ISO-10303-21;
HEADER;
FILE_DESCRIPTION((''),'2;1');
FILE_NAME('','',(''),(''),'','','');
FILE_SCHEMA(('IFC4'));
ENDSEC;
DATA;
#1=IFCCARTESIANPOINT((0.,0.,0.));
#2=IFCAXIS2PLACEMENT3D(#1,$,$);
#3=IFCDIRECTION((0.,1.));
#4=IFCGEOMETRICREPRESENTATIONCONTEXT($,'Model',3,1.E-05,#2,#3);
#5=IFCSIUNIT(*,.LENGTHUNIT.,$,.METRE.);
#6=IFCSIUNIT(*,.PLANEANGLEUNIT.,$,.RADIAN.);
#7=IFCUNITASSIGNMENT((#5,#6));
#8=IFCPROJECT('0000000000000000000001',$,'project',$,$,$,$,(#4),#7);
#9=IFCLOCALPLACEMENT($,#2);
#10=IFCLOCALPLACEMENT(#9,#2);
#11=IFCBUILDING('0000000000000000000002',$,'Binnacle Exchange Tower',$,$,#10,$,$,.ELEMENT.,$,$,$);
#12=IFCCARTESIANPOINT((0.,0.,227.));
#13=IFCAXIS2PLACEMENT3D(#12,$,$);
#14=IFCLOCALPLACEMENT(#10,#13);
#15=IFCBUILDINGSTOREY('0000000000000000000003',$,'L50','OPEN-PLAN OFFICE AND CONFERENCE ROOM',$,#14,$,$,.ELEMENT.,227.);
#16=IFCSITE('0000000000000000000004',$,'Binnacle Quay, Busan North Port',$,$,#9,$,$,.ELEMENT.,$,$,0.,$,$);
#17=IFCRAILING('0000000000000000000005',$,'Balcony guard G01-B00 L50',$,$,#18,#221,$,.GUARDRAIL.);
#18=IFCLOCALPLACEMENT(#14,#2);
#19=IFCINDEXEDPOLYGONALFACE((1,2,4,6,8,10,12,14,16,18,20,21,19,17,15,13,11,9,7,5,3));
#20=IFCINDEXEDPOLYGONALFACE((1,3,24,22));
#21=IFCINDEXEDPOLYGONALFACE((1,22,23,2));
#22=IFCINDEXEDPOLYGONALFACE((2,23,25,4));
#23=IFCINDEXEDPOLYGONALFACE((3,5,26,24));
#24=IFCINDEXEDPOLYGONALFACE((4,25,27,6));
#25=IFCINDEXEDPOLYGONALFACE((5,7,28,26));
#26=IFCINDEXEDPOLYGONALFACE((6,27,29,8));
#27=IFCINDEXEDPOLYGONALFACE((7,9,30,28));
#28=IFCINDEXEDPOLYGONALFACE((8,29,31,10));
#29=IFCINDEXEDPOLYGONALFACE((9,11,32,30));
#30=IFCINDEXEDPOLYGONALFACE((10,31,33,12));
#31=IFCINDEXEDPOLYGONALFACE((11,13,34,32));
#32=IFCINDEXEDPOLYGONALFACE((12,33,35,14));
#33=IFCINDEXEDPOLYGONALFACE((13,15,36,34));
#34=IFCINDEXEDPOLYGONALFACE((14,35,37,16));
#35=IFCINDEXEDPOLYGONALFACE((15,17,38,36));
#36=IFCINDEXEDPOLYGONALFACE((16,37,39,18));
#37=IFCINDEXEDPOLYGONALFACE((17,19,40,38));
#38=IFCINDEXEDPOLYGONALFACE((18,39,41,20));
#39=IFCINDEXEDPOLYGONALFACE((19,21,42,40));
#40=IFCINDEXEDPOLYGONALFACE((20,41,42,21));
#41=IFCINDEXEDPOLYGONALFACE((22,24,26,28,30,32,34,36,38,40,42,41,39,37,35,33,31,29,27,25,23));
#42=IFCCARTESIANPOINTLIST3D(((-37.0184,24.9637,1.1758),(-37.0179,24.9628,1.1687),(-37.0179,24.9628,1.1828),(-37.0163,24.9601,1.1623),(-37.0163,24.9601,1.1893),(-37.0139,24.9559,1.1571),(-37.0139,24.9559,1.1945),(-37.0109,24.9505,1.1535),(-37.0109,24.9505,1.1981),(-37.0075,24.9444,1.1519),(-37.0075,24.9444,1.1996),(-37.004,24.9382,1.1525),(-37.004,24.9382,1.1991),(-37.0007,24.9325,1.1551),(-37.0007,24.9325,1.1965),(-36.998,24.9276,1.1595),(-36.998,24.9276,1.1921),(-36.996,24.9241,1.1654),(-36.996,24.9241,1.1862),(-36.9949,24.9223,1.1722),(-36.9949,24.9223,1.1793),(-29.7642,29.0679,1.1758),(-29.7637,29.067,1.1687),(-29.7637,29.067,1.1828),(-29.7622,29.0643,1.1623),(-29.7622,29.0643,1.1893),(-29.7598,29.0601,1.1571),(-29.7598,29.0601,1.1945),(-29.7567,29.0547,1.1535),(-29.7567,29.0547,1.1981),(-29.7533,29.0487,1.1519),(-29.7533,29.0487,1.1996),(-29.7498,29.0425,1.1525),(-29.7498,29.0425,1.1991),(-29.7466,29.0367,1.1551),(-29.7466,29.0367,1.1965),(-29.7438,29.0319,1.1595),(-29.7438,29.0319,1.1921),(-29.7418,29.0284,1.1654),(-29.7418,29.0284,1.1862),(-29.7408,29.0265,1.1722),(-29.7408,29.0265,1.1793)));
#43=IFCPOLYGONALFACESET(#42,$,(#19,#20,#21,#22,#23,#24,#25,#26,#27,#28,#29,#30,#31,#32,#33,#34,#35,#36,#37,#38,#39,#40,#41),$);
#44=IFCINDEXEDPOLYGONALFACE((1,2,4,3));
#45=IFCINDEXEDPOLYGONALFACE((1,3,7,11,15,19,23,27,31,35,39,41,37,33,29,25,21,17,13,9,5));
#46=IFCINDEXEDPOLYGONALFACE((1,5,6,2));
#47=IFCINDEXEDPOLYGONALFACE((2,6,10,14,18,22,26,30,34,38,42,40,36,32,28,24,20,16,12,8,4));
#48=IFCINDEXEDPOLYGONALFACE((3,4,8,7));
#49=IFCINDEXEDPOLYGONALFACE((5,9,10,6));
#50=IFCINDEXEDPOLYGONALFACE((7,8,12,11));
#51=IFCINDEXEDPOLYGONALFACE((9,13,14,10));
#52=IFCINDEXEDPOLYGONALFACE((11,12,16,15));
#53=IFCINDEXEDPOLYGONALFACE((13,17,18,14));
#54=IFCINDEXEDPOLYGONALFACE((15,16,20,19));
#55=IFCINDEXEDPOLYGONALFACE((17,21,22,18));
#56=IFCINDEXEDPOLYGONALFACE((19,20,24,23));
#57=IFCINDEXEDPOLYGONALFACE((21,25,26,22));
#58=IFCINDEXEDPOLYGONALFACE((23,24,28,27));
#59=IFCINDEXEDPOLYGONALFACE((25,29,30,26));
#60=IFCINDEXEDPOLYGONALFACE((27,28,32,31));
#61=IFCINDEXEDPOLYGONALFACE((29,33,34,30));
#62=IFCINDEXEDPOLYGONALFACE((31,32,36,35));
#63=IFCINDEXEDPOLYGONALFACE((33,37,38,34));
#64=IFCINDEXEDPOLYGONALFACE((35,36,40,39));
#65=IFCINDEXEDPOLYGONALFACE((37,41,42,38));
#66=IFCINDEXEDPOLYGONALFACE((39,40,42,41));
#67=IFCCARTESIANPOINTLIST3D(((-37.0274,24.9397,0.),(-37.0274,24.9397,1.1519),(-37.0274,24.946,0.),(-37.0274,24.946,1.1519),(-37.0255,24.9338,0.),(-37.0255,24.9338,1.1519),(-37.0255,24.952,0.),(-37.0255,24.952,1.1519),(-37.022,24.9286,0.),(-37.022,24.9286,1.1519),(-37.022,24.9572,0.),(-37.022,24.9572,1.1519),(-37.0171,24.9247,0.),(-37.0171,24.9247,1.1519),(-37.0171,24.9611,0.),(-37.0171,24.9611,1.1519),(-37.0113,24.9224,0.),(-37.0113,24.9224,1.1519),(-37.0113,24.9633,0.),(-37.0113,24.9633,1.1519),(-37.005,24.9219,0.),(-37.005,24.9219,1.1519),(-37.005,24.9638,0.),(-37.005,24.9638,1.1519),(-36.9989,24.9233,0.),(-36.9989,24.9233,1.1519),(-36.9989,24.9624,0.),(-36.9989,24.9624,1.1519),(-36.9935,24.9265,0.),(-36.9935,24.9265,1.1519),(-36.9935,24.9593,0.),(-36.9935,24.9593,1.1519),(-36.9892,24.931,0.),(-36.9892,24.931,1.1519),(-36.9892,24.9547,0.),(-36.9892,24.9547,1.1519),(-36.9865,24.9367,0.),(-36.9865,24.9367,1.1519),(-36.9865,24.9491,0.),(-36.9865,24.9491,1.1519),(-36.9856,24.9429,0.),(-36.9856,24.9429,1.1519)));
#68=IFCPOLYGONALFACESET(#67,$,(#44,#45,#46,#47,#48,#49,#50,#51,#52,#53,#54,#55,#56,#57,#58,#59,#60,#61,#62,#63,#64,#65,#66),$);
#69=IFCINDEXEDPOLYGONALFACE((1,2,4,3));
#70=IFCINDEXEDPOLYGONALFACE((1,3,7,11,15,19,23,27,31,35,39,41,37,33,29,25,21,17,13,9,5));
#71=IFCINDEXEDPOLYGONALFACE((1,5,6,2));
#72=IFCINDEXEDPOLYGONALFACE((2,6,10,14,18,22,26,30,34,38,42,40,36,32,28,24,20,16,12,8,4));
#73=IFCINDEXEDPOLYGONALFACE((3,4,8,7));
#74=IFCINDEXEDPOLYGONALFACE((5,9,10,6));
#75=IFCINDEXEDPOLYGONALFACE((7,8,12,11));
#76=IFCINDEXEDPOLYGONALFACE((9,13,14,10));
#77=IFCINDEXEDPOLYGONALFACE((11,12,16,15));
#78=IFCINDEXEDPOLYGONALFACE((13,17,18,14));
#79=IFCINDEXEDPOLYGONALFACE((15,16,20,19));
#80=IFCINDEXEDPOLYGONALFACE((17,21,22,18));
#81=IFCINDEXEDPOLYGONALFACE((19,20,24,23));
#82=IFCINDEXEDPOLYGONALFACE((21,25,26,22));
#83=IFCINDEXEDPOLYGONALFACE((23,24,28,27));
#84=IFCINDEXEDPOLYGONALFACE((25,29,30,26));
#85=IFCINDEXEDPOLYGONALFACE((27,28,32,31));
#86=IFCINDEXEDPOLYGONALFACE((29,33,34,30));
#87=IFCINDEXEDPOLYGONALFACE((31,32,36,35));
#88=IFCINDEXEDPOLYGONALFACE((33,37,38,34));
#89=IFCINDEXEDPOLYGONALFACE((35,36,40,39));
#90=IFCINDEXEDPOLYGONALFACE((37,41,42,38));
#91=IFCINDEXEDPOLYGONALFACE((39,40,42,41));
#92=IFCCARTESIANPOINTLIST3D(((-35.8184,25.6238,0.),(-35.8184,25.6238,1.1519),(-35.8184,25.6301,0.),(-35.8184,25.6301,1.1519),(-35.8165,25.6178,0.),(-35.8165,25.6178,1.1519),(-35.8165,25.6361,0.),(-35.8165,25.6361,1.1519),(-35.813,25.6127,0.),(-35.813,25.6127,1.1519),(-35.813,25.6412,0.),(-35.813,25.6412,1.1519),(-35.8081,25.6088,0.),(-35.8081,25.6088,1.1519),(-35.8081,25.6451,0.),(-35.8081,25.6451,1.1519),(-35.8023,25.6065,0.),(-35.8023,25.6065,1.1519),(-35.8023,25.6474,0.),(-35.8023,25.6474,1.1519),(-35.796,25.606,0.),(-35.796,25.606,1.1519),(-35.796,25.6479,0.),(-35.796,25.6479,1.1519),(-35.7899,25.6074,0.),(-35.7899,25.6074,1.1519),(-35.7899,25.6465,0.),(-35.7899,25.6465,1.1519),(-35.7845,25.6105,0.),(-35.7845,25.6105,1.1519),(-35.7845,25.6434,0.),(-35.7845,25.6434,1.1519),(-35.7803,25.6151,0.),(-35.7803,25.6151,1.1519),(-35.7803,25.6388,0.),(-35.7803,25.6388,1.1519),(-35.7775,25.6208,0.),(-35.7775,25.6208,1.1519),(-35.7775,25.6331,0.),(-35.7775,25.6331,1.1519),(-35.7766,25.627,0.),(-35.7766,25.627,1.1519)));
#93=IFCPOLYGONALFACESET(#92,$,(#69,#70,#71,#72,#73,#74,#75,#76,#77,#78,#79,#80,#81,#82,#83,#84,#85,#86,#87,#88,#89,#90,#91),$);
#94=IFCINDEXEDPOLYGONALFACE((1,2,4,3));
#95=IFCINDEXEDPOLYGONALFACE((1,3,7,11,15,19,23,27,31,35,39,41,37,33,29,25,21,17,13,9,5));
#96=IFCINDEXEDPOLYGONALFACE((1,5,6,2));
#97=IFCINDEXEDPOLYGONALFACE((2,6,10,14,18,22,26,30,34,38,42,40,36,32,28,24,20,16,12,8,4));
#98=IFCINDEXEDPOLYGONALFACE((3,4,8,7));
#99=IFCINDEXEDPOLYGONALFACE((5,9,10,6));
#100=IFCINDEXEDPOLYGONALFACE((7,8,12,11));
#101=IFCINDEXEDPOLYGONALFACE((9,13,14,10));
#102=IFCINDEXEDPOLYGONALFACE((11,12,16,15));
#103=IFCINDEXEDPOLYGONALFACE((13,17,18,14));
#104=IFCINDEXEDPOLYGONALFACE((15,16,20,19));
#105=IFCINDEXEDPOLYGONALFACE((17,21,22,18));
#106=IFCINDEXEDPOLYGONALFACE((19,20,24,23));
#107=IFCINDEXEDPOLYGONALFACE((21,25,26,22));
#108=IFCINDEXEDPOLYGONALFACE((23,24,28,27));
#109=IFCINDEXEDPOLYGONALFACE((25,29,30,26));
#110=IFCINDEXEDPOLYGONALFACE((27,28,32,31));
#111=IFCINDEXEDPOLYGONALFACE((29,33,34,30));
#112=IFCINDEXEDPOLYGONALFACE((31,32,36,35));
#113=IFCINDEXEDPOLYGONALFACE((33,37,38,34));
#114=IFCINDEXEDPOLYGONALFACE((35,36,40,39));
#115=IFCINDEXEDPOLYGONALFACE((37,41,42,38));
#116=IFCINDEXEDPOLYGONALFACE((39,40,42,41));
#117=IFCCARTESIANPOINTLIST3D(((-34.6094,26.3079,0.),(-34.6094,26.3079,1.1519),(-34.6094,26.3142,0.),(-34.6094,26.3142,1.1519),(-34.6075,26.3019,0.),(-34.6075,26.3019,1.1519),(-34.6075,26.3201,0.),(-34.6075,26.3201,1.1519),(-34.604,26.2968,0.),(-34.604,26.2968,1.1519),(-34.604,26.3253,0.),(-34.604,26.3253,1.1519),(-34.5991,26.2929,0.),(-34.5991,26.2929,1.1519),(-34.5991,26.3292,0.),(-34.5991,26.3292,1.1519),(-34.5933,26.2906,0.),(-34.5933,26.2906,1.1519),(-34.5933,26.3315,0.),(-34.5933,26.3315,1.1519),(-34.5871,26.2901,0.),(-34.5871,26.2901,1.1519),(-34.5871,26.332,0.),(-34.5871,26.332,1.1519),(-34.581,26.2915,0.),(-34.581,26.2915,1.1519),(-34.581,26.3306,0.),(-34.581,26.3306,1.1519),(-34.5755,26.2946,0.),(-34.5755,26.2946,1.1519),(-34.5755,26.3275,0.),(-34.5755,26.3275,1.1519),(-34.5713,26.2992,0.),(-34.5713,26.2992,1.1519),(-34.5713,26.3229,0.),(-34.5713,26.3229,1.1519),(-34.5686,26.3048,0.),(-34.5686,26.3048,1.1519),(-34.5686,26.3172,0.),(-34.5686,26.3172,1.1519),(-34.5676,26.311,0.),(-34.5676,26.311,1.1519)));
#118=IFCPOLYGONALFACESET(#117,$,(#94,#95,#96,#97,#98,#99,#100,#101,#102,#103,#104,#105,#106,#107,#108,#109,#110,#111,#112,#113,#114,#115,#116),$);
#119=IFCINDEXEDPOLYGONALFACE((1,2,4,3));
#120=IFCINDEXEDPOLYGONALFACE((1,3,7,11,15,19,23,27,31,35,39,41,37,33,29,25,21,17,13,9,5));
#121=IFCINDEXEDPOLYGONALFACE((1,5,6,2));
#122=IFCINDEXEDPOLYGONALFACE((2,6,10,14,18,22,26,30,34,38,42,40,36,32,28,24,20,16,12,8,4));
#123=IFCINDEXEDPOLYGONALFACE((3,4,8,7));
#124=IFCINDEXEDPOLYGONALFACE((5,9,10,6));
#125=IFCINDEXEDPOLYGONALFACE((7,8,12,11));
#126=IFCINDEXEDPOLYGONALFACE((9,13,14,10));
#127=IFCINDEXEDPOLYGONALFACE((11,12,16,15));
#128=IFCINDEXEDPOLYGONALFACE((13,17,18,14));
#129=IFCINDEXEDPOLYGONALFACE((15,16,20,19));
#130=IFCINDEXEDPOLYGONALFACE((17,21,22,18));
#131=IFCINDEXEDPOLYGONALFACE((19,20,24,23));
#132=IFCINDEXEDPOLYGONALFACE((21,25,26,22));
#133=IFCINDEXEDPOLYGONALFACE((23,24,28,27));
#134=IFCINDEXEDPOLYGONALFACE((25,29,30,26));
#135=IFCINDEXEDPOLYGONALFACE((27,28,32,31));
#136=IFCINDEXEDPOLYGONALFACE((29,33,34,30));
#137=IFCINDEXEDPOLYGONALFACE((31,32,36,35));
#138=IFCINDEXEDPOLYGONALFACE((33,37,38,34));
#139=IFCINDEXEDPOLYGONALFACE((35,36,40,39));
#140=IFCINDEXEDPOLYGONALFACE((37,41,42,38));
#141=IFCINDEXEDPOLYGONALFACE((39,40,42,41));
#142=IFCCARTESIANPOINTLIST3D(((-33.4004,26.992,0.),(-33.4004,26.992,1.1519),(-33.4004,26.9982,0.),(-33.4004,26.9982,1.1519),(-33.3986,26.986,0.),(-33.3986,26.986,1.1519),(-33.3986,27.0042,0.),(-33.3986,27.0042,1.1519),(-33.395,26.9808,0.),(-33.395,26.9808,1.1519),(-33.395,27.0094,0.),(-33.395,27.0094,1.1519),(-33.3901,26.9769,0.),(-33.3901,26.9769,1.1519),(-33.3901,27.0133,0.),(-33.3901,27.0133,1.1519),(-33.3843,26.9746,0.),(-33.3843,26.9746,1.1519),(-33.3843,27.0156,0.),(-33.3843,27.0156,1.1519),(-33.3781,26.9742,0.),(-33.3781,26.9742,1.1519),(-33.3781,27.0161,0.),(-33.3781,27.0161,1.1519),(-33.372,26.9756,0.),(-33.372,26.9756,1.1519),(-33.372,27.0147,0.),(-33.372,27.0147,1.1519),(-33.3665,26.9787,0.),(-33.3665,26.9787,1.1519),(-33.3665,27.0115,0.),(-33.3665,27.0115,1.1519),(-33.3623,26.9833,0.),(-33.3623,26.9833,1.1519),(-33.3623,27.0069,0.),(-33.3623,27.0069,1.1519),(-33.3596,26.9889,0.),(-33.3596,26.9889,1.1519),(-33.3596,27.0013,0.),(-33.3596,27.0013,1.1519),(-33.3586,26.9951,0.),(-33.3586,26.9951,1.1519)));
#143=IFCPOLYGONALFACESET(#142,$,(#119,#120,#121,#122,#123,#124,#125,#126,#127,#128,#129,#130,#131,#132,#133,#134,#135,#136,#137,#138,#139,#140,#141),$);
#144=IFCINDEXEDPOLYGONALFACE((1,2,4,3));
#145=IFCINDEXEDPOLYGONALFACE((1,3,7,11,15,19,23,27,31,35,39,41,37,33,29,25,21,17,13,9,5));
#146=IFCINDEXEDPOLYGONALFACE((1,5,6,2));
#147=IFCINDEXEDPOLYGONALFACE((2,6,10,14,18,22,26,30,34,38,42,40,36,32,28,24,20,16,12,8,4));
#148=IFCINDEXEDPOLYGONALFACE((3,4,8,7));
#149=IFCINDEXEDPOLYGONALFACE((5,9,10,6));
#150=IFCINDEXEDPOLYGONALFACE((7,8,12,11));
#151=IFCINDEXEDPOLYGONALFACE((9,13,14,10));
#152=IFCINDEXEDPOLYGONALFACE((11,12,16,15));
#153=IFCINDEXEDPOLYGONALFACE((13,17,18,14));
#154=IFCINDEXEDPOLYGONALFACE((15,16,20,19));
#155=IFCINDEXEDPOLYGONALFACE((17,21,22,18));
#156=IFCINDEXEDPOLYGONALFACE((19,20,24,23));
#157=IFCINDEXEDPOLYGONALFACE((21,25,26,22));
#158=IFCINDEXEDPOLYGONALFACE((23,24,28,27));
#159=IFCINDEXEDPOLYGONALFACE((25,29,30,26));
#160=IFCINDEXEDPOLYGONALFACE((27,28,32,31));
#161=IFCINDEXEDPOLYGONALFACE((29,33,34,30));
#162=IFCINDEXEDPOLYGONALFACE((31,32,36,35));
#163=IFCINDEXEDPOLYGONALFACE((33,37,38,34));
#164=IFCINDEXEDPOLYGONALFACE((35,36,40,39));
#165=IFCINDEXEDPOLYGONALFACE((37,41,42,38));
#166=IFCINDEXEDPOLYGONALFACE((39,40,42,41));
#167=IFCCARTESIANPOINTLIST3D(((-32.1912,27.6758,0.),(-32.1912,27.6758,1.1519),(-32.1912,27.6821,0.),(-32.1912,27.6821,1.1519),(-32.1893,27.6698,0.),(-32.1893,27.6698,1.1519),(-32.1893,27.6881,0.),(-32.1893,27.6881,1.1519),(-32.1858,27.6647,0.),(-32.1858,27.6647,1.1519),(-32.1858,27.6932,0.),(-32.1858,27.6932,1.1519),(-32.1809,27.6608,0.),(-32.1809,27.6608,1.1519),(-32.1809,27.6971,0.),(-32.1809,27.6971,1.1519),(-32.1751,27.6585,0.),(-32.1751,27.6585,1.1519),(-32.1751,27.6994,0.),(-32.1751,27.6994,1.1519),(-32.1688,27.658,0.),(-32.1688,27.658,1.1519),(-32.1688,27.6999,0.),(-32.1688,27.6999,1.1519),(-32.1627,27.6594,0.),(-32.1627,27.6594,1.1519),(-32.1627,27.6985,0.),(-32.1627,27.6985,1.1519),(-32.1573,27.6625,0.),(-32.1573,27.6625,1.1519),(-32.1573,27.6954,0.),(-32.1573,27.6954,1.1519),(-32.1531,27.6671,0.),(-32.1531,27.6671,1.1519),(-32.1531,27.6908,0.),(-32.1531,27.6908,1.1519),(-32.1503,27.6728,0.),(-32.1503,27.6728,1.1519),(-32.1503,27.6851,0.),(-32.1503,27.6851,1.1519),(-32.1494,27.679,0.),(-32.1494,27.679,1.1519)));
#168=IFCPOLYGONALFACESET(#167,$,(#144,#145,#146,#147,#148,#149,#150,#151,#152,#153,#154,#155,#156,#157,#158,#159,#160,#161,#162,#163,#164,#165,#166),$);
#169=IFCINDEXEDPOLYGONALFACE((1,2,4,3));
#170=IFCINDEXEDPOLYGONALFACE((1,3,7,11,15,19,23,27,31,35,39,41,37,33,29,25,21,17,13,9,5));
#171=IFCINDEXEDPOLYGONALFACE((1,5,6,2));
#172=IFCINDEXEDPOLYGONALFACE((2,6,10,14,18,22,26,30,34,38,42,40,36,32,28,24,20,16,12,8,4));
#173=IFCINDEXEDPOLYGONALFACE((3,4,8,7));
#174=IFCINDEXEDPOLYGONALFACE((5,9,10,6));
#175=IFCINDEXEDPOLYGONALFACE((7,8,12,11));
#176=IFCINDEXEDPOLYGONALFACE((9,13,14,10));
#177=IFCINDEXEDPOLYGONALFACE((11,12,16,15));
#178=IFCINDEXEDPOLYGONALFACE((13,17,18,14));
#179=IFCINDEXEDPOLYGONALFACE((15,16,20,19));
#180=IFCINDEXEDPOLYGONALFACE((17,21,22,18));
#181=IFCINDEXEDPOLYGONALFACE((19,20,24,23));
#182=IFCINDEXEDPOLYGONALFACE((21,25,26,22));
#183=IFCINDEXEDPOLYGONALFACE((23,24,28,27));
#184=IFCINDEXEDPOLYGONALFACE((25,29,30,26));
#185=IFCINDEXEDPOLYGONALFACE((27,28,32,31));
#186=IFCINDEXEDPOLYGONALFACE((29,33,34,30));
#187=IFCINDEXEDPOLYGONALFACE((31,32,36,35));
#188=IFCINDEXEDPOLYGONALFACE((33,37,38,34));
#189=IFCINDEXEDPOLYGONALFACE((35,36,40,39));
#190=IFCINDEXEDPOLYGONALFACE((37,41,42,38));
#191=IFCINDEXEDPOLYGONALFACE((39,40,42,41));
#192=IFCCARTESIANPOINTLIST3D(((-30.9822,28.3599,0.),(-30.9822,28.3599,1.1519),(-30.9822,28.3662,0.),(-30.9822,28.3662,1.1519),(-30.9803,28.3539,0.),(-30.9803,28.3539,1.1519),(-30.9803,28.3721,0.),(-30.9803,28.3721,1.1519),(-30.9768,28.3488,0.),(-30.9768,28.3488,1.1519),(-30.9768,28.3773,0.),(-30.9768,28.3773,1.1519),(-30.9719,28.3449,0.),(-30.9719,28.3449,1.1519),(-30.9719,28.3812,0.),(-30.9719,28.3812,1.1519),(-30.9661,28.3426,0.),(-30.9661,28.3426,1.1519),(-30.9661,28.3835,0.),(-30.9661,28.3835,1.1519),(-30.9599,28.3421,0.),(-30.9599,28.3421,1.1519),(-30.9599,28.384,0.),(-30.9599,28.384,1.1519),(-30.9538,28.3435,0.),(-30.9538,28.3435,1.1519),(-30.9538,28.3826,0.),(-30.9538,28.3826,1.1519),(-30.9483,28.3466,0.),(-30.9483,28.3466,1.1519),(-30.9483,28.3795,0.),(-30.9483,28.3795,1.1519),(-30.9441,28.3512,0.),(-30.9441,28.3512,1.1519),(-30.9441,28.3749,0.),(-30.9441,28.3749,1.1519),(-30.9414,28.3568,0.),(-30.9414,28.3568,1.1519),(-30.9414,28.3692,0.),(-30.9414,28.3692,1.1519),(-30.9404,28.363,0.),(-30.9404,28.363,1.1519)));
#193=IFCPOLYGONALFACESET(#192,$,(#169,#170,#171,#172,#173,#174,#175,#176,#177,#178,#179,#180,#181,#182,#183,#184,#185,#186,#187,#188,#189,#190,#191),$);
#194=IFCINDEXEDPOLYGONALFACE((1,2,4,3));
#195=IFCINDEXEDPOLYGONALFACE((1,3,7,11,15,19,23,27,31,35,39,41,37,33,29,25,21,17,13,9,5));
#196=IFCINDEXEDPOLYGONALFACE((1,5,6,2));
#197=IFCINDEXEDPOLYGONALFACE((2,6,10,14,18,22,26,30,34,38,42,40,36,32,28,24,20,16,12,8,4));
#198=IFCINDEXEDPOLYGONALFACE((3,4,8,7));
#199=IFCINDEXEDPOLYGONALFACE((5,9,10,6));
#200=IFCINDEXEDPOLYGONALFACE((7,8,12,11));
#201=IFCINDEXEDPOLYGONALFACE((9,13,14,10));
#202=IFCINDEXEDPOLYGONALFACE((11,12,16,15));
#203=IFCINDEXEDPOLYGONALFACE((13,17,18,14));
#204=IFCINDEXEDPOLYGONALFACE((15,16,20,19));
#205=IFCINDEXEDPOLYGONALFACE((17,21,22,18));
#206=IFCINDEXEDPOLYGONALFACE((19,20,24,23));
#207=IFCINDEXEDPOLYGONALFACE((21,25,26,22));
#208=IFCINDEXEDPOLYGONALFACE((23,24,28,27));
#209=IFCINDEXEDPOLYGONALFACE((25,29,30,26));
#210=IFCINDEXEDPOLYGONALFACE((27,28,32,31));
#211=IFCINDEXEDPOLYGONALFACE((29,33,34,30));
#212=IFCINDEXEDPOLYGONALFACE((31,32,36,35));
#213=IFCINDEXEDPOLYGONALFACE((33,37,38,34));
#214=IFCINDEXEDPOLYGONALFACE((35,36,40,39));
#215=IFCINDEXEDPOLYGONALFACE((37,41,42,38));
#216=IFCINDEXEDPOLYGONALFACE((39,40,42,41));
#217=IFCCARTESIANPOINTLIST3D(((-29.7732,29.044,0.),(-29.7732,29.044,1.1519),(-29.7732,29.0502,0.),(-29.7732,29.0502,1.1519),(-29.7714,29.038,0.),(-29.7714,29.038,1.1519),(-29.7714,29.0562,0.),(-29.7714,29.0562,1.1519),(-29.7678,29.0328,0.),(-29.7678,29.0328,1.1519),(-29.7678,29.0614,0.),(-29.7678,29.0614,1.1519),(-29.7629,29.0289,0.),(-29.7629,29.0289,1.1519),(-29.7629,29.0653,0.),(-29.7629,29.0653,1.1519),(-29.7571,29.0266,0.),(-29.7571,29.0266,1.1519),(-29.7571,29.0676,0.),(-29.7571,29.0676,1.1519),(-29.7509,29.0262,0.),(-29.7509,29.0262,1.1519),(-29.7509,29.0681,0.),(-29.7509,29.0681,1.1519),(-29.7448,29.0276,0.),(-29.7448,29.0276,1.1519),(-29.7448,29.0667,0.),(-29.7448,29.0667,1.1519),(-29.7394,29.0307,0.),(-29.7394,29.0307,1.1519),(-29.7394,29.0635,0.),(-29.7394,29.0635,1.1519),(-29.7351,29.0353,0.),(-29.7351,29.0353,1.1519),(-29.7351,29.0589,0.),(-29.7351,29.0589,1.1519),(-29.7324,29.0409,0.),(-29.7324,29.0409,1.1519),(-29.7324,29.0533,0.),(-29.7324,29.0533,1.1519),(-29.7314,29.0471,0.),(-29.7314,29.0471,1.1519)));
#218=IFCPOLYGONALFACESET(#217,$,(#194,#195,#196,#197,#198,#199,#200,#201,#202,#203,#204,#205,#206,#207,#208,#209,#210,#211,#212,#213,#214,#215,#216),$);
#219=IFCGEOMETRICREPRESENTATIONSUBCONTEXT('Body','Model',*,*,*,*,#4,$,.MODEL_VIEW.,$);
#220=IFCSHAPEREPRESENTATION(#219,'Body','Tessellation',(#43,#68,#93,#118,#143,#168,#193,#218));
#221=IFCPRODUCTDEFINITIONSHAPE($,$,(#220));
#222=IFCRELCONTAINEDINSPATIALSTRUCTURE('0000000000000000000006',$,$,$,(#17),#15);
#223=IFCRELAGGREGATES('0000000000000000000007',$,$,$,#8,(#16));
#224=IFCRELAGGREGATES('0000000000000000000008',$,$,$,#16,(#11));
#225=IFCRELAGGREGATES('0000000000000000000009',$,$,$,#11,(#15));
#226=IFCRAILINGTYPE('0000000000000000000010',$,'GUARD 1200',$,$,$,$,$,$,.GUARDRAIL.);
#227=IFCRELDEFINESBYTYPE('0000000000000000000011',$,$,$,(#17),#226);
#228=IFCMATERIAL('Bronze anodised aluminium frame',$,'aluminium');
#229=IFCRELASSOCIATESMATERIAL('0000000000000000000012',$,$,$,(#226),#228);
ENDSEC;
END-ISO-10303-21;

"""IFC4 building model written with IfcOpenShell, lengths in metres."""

from ifc_helpers import new_model, si_unit, direction, frame, origin, origin_2d, place, context, subcontext, project, spatial, circle, extrude, material, type_object, element, save


model = new_model("IFC4")

# Units and contexts
model_context = context("Model", 3, precision=1e-05, world=origin(), true_north=direction((0.0, 1.0)))
body_context = subcontext(model_context, "Body", "Model", "MODEL_VIEW")
ifc_project = project(units=[si_unit("LENGTHUNIT", "METRE"), si_unit("PLANEANGLEUNIT", "RADIAN")], contexts=[model_context])

# Site, building, storey
site_placement = place(None, origin())
site = spatial("IfcSite", under=ifc_project, at=site_placement, Name="Binnacle Quay, Busan North Port", CompositionType="ELEMENT", RefElevation=0.0)
building_placement = place(site_placement, origin())
building = spatial("IfcBuilding", under=site, at=building_placement, Name="Binnacle Exchange Tower", CompositionType="ELEMENT")
storey_placement = place(building_placement, frame((0.0, 0.0, 227.0)))
storey = spatial("IfcBuildingStorey", under=building, at=storey_placement, Name="L50", Description="OPEN-PLAN OFFICE AND CONFERENCE ROOM", CompositionType="ELEMENT", Elevation=227.0)

# Railing
ifc_material_1 = material(Name="Bronze anodised aluminium frame", Category="aluminium")
railing_type_1 = type_object("IfcRailingType", Name="GUARD 1200", PredefinedType="GUARDRAIL", material=ifc_material_1)
railing_1_placement = place(storey_placement, frame((-37.0066, 24.9429, 0.0)))
element("IfcRailing", 1, at=railing_1_placement, inside=storey, type_object=railing_type_1, Name="Balcony guard G01-B00 L50", PredefinedType="GUARDRAIL", context=body_context, shape_type="SweptSolid", body=[
    extrude(circle(Radius=0.0239, at=origin_2d()), frame((0.0, 0.0, 1.1758), z_axis=(0.870353, 0.492428, 0.0), x_axis=(-0.492428, 0.870353, 0.0)), (0.0, 0.0, 1.0), 8.3347),
    extrude(circle(Radius=0.021, at=origin_2d()), origin(), (0.0, 0.0, 1.0), 1.1519),
    extrude(circle(Radius=0.021, at=origin_2d()), frame((1.209, 0.6841, 0.0)), (0.0, 0.0, 1.0), 1.1519),
    extrude(circle(Radius=0.021, at=origin_2d()), frame((2.418, 1.3682, 0.0)), (0.0, 0.0, 1.0), 1.1519),
    extrude(circle(Radius=0.021, at=origin_2d()), frame((3.627, 2.0522, 0.0)), (0.0, 0.0, 1.0), 1.1519),
    extrude(circle(Radius=0.021, at=origin_2d()), frame((4.8362, 2.7361, 0.0)), (0.0, 0.0, 1.0), 1.1519),
    extrude(circle(Radius=0.021, at=origin_2d()), frame((6.0452, 3.4202, 0.0)), (0.0, 0.0, 1.0), 1.1519),
    extrude(circle(Radius=0.021, at=origin_2d()), frame((7.2542, 4.1042, 0.0)), (0.0, 0.0, 1.0), 1.1519),
])

save(model, "model.ifc")
